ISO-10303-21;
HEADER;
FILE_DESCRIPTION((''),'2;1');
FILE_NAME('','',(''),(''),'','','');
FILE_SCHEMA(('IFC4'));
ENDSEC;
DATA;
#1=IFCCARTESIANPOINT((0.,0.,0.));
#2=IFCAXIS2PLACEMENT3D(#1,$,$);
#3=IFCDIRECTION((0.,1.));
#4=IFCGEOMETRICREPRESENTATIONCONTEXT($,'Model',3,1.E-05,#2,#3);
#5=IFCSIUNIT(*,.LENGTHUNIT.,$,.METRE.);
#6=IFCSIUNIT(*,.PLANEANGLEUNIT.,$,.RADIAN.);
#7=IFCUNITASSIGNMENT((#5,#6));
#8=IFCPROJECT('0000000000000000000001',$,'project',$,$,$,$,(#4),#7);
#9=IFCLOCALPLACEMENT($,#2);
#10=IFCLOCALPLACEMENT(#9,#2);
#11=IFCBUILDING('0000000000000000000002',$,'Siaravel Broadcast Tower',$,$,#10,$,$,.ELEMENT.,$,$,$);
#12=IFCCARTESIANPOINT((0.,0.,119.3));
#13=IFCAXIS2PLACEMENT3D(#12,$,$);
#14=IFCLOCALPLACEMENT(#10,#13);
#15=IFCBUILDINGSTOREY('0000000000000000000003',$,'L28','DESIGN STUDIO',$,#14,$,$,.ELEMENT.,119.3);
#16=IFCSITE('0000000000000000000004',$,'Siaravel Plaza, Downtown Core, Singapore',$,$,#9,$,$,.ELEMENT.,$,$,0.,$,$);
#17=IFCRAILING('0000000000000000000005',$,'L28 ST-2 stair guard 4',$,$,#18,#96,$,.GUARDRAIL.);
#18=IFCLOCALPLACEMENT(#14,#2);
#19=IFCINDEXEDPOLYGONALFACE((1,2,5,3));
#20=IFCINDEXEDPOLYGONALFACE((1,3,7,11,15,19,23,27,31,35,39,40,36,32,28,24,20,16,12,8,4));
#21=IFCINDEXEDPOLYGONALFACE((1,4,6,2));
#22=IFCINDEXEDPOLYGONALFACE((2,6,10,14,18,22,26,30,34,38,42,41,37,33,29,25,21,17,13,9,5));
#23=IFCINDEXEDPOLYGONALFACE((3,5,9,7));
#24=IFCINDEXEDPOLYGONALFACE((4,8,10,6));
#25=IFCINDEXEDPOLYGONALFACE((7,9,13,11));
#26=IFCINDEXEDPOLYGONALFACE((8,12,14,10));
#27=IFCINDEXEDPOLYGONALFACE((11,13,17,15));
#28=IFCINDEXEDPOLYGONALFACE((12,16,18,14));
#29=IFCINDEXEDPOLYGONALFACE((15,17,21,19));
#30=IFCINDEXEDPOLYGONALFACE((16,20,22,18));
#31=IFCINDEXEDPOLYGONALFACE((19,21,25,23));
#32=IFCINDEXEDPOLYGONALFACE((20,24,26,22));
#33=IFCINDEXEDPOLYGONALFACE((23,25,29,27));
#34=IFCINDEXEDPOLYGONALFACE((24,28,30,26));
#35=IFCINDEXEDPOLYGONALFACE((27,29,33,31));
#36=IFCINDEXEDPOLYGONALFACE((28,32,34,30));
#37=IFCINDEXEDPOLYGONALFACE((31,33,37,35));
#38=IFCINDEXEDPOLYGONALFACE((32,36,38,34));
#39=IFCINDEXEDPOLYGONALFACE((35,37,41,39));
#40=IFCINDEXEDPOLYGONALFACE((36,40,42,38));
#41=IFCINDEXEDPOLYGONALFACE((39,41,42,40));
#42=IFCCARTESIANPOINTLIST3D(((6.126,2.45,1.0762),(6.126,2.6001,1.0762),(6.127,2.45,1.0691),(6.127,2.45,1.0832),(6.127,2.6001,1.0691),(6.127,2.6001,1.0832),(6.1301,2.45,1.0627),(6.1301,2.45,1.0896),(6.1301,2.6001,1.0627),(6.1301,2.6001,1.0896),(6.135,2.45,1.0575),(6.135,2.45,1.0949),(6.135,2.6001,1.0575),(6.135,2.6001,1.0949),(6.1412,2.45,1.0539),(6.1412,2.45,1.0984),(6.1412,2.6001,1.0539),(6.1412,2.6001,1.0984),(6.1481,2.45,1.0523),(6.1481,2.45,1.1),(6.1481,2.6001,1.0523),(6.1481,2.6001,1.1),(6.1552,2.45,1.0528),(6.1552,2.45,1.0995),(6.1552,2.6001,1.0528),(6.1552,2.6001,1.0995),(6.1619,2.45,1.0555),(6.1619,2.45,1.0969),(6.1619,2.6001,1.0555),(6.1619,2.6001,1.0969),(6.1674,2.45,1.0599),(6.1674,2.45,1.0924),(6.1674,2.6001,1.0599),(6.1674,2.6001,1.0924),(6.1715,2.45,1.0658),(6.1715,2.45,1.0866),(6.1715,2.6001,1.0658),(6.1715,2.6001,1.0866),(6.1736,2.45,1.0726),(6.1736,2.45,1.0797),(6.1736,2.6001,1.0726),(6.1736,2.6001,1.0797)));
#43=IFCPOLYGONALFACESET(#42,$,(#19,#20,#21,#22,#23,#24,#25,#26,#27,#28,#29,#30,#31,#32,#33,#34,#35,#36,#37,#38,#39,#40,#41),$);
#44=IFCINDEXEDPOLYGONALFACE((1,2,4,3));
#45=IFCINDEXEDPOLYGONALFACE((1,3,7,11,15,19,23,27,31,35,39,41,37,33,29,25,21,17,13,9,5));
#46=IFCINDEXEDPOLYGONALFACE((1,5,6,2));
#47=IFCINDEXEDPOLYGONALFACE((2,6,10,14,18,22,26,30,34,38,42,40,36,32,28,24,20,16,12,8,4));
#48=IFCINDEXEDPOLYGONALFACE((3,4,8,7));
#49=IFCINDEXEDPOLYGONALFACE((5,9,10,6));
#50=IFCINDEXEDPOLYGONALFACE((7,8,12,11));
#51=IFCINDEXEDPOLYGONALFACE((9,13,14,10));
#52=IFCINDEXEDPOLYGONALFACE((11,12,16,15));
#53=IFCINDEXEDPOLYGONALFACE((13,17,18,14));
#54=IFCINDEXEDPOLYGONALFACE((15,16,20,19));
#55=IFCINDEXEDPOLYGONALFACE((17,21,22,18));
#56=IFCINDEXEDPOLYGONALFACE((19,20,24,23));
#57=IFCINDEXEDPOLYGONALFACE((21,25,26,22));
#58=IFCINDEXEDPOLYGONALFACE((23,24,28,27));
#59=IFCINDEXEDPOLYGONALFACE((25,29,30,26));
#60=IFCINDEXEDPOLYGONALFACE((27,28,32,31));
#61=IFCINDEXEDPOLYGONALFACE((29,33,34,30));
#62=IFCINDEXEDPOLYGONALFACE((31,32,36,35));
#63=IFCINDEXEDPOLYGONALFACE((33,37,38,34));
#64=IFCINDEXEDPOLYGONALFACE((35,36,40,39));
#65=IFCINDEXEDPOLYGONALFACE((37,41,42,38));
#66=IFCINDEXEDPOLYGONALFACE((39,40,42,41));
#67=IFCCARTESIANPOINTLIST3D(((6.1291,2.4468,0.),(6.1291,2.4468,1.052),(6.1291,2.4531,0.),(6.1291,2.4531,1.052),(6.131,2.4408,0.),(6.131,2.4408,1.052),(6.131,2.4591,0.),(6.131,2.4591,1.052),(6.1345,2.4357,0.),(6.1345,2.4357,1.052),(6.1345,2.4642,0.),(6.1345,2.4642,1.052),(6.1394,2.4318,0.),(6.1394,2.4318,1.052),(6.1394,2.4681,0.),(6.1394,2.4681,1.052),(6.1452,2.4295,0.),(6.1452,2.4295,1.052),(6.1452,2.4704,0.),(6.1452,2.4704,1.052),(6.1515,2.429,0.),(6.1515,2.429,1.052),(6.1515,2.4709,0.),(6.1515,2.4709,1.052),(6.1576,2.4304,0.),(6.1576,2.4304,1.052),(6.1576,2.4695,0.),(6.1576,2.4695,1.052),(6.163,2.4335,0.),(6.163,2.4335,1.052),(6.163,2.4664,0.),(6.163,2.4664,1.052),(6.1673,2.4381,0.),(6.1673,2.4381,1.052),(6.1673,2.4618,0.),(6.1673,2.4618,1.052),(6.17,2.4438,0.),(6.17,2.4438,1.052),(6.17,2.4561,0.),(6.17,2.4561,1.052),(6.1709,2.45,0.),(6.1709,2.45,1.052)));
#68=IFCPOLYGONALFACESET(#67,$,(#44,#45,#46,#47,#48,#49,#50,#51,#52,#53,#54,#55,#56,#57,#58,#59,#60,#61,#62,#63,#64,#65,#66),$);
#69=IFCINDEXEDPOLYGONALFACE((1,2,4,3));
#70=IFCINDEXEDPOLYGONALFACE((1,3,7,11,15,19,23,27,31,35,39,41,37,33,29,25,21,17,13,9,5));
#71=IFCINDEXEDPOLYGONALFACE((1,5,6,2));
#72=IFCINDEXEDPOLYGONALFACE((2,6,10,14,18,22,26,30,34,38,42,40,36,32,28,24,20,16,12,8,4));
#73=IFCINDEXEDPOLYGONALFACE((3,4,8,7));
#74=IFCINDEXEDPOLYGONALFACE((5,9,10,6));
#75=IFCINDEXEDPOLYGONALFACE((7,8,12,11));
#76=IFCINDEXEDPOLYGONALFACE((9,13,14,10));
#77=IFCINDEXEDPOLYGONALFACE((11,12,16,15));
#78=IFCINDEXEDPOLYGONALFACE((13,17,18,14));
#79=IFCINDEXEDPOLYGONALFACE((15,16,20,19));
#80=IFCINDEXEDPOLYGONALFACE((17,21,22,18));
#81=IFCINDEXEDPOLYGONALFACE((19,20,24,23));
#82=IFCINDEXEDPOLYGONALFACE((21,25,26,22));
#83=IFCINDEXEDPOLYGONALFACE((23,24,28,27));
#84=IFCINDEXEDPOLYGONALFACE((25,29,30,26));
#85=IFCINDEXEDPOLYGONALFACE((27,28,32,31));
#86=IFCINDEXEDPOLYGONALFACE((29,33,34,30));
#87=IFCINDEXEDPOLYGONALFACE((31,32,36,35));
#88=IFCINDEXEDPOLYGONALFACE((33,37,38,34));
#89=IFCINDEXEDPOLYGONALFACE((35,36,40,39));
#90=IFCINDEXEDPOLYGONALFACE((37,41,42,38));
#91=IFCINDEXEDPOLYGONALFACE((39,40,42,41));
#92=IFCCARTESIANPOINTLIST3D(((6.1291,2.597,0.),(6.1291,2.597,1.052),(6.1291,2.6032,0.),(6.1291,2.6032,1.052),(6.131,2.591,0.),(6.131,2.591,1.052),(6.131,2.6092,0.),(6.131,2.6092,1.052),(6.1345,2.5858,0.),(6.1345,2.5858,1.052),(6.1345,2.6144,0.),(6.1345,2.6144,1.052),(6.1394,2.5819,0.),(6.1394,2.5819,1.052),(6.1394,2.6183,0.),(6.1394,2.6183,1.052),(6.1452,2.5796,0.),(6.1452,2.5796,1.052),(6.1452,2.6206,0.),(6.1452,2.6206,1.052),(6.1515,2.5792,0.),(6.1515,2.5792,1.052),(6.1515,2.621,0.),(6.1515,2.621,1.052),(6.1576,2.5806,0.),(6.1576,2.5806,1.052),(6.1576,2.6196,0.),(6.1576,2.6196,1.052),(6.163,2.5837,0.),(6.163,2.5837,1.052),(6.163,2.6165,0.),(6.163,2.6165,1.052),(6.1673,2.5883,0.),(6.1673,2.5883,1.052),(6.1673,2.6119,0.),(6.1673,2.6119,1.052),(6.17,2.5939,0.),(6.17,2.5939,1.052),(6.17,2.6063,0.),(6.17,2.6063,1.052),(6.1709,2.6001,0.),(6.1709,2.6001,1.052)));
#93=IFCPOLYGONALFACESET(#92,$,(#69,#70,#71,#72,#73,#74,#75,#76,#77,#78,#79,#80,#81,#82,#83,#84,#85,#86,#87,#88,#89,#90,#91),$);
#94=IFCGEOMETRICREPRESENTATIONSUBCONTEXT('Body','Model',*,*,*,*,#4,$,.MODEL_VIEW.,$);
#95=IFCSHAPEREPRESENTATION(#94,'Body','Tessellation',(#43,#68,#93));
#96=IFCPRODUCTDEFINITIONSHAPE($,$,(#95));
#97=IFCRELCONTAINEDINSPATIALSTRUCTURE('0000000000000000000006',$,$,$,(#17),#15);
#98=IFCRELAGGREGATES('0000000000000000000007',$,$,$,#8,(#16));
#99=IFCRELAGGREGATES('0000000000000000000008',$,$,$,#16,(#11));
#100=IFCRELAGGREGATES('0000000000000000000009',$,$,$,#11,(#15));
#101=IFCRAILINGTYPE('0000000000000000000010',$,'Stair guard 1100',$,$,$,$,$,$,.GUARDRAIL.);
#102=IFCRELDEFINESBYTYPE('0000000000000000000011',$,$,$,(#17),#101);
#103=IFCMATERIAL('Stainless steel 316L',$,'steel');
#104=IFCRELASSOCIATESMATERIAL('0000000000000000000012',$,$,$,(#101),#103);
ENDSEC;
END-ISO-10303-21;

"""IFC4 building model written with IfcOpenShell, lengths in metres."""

from ifc_helpers import new_model, si_unit, direction, frame, origin, origin_2d, place, context, subcontext, project, spatial, circle, extrude, material, type_object, element, save


model = new_model("IFC4")

# Units and contexts
model_context = context("Model", 3, precision=1e-05, world=origin(), true_north=direction((0.0, 1.0)))
body_context = subcontext(model_context, "Body", "Model", "MODEL_VIEW")
ifc_project = project(units=[si_unit("LENGTHUNIT", "METRE"), si_unit("PLANEANGLEUNIT", "RADIAN")], contexts=[model_context])

# Site, building, storey
site_placement = place(None, origin())
site = spatial("IfcSite", under=ifc_project, at=site_placement, Name="Siaravel Plaza, Downtown Core, Singapore", CompositionType="ELEMENT", RefElevation=0.0)
building_placement = place(site_placement, origin())
building = spatial("IfcBuilding", under=site, at=building_placement, Name="Siaravel Broadcast Tower", CompositionType="ELEMENT")
storey_placement = place(building_placement, frame((0.0, 0.0, 119.3)))
storey = spatial("IfcBuildingStorey", under=building, at=storey_placement, Name="L28", Description="DESIGN STUDIO", CompositionType="ELEMENT", Elevation=119.3)

# Railing
ifc_material_1 = material(Name="Stainless steel 316L", Category="steel")
railing_type_1 = type_object("IfcRailingType", Name="Stair guard 1100", PredefinedType="GUARDRAIL", material=ifc_material_1)
railing_1_placement = place(storey_placement, frame((6.1499, 2.45, 0.0)))
element("IfcRailing", 1, at=railing_1_placement, inside=storey, type_object=railing_type_1, Name="L28 ST-2 stair guard 4", PredefinedType="GUARDRAIL", context=body_context, shape_type="SweptSolid", body=[
    extrude(circle(Radius=0.0239, at=origin_2d()), frame((0.0, 0.0, 1.0762), z_axis=(0.0, 1.0, 0.0), x_axis=(-1.0, 0.0, 0.0)), (0.0, 0.0, 1.0), 0.1501),
    extrude(circle(Radius=0.021, at=origin_2d()), origin(), (0.0, 0.0, 1.0), 1.052),
    extrude(circle(Radius=0.021, at=origin_2d()), frame((0.0, 0.1501, 0.0)), (0.0, 0.0, 1.0), 1.052),
])

save(model, "model.ifc")
